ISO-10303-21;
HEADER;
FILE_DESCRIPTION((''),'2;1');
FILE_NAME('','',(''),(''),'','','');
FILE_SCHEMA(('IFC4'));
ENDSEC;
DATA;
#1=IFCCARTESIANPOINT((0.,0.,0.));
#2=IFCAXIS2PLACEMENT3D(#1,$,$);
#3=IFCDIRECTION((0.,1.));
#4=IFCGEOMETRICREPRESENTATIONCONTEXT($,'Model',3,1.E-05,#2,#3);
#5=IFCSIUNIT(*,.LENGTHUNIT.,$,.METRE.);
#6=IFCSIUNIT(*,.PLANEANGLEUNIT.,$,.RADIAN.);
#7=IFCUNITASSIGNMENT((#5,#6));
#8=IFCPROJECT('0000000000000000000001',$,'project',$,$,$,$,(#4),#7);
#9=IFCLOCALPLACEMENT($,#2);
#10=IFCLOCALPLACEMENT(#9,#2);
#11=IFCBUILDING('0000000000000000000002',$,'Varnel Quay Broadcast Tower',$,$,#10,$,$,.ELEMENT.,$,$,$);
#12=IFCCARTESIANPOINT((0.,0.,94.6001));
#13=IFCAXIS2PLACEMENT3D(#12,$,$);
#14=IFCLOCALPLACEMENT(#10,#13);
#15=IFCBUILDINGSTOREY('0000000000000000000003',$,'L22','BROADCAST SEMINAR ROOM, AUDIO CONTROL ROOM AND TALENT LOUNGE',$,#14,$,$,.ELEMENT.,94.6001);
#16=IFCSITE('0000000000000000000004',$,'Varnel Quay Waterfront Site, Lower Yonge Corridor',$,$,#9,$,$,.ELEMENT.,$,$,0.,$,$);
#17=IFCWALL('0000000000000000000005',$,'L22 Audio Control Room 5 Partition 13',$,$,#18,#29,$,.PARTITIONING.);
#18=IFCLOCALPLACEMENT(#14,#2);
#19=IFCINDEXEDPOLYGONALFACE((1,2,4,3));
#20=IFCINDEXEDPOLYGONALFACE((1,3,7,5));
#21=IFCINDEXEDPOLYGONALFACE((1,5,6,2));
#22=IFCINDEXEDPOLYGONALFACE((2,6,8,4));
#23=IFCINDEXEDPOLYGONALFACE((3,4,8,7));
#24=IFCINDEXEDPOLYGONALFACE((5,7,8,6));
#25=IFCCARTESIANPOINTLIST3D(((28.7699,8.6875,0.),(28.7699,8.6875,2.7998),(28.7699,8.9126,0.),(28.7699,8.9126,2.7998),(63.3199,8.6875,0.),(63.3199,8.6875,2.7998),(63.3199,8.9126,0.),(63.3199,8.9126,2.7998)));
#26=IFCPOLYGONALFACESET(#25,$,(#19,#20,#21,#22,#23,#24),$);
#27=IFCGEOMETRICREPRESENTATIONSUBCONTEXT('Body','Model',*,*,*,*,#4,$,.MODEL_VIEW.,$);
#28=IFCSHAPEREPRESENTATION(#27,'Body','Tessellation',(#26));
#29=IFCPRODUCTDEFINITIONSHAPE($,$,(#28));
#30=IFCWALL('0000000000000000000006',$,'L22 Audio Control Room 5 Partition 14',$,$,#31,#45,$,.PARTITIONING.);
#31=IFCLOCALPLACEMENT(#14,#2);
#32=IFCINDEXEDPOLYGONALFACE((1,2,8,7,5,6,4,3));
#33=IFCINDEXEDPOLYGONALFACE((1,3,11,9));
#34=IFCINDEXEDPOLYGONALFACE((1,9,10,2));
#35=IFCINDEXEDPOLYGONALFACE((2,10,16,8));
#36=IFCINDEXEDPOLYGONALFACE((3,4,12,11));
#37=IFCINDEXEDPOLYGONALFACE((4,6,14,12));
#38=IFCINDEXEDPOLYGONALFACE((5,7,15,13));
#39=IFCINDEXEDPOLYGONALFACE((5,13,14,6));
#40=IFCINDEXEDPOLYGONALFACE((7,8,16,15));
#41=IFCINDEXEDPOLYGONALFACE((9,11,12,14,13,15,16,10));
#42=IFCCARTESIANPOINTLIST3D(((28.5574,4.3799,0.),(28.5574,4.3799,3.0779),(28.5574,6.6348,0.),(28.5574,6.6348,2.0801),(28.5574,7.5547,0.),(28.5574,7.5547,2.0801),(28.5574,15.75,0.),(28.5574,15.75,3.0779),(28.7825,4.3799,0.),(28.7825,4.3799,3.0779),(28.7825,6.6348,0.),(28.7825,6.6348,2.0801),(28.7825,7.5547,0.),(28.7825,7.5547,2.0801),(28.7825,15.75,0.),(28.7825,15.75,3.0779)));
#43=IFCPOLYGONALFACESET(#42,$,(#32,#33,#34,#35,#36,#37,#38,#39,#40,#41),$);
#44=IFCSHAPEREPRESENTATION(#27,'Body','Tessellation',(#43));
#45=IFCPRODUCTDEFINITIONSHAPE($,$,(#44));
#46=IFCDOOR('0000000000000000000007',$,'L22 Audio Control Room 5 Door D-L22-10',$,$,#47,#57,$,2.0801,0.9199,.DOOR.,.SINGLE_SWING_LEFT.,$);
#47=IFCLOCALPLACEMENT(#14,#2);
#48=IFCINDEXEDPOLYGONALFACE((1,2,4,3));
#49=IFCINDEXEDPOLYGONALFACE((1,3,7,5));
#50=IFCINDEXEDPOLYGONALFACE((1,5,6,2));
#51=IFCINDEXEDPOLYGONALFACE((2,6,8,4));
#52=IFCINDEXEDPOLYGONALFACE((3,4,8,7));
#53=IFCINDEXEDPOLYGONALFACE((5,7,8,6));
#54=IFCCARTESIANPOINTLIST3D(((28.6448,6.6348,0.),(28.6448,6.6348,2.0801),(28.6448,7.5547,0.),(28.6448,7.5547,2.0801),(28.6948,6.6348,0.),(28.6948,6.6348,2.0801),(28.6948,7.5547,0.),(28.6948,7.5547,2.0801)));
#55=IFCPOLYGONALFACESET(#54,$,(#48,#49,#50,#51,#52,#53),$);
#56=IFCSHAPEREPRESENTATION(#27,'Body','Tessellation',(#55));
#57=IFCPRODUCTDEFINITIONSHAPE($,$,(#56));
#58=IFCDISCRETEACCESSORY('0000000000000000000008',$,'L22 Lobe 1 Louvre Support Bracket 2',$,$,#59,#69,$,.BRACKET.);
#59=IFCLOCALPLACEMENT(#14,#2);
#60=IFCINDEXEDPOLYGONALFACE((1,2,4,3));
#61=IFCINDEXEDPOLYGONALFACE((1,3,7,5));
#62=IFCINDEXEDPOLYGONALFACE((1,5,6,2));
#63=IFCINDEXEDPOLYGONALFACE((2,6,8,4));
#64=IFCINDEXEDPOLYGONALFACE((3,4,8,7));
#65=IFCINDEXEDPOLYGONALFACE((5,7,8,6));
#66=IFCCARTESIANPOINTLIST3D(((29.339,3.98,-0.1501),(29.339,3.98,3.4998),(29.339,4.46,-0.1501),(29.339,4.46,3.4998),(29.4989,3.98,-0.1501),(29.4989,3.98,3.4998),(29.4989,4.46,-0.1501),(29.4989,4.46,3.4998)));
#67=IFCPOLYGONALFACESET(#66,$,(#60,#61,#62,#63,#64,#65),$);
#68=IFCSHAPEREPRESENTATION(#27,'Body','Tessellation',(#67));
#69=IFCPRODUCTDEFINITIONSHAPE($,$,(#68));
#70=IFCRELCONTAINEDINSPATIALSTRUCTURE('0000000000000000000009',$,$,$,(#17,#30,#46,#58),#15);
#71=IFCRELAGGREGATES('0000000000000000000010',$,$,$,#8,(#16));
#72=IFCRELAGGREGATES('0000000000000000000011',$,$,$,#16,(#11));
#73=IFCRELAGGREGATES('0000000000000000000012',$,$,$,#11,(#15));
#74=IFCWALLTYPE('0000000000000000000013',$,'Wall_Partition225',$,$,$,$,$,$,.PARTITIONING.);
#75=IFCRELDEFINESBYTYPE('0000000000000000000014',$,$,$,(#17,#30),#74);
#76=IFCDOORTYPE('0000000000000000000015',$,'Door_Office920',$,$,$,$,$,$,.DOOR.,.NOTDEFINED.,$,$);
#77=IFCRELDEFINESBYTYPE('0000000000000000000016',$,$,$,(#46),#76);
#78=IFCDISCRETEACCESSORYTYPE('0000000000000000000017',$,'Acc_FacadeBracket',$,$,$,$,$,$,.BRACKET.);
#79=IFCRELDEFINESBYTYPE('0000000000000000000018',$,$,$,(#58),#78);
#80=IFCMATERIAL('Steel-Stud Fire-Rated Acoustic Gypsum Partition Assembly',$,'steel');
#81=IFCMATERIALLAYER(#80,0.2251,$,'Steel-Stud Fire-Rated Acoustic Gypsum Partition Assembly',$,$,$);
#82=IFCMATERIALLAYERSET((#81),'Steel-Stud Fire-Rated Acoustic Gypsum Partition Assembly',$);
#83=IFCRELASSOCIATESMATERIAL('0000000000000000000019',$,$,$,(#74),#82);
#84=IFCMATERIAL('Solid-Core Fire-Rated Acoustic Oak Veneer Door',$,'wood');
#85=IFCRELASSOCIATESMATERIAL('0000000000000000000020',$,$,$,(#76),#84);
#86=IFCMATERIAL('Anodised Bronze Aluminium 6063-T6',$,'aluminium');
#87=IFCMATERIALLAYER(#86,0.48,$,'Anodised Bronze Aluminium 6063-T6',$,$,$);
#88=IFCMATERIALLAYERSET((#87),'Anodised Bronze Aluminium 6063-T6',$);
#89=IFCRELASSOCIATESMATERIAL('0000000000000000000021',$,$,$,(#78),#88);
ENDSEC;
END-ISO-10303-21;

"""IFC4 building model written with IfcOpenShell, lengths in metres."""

from ifc_helpers import new_model, si_unit, direction, frame, frame_2d, origin, origin_2d, place, context, subcontext, project, spatial, rectangle, extrude, source, transform, mapped, material, layer, layer_set, type_object, type_shapes, element, fill, save


model = new_model("IFC4")

# Units and contexts
model_context = context("Model", 3, precision=1e-05, world=origin(), true_north=direction((0.0, 1.0)))
body_context = subcontext(model_context, "Body", "Model", "MODEL_VIEW")
ifc_project = project(units=[si_unit("LENGTHUNIT", "METRE"), si_unit("PLANEANGLEUNIT", "RADIAN")], contexts=[model_context])

# Site, building, storey
site_placement = place(None, origin())
site = spatial("IfcSite", under=ifc_project, at=site_placement, Name="Varnel Quay Waterfront Site, Lower Yonge Corridor", CompositionType="ELEMENT", RefElevation=0.0)
building_placement = place(site_placement, origin())
building = spatial("IfcBuilding", under=site, at=building_placement, Name="Varnel Quay Broadcast Tower", CompositionType="ELEMENT")
storey_placement = place(building_placement, frame((0.0, 0.0, 94.6001)))
storey = spatial("IfcBuildingStorey", under=building, at=storey_placement, Name="L22", Description="BROADCAST SEMINAR ROOM, AUDIO CONTROL ROOM AND TALENT LOUNGE", CompositionType="ELEMENT", Elevation=94.6001)

# Shared definitions
ifc_material_1 = material(Name="Anodised Bronze Aluminium 6063-T6", Category="aluminium")

# Shared definitions
ifc_material_2 = material(Name="Steel-Stud Fire-Rated Acoustic Gypsum Partition Assembly", Category="steel")
ifc_material_3 = material(Name="Solid-Core Fire-Rated Acoustic Oak Veneer Door", Category="wood")

# Shared definitions
ifc_layer_1 = layer(ifc_material_2, 0.2251, Name="Steel-Stud Fire-Rated Acoustic Gypsum Partition Assembly")
ifc_layer_set_1 = layer_set([ifc_layer_1], Name="Steel-Stud Fire-Rated Acoustic Gypsum Partition Assembly")
wall_type_1 = type_object("IfcWallType", Name="Wall_Partition225", PredefinedType="PARTITIONING", material=ifc_layer_set_1)

# Wall
wall_1_placement = place(storey_placement, frame((28.77, 8.8, 0.0), z_axis=(0.0, 0.0, 1.0), x_axis=(1.0, 0.0, 0.0)))
element("IfcWall", 1, at=wall_1_placement, inside=storey, type_object=wall_type_1, Name="L22 Audio Control Room 5 Partition 13", PredefinedType="PARTITIONING", context=body_context, shape_type="SweptSolid", body=[
    extrude(rectangle(XDim=34.55, YDim=0.2251, at=frame_2d((17.2749, 0.0))), origin(), (0.0, 0.0, 1.0), 2.7998),
])

# Wall, opening, door
wall_2_placement = place(storey_placement, frame((28.6699, 4.3799, 0.0), z_axis=(0.0, 0.0, 1.0), x_axis=(0.0, 1.0, 0.0)))
wall_2 = element("IfcWall", 2, at=wall_2_placement, inside=storey, type_object=wall_type_1, Name="L22 Audio Control Room 5 Partition 14", PredefinedType="PARTITIONING", context=body_context, shape_type="SweptSolid", body=[
    extrude(rectangle(XDim=11.3701, YDim=0.2251, at=frame_2d((5.6851, 0.0))), origin(), (0.0, 0.0, 1.0), 3.0779),
])
opening_1_placement = place(wall_2_placement, frame((2.2549, 0.0, 0.0)))
opening_1 = element("IfcOpeningElement", 3, at=opening_1_placement, cuts=wall_2, PredefinedType="OPENING", context=body_context, shape_type="SweptSolid", body=[
    extrude(rectangle(XDim=0.9199, YDim=2.0801, at=frame_2d((0.46, 1.04))), frame((0.0, 0.1226, 0.0), z_axis=(0.0, -1.0, 0.0), x_axis=(1.0, 0.0, 0.0)), (0.0, 0.0, 1.0), 0.2451),
])
door_type_1 = type_object("IfcDoorType", Name="Door_Office920", OperationType="NOTDEFINED", PredefinedType="DOOR", material=ifc_material_3)
shared_shape_1 = source(origin(), body_context, "Body", "SweptSolid", [
    extrude(rectangle(XDim=0.9199, YDim=2.0801, at=frame_2d((0.46, 1.04))), frame((0.0, 0.0249, 0.0), z_axis=(0.0, -1.0, 0.0), x_axis=(1.0, 0.0, 0.0)), (0.0, 0.0, 1.0), 0.05),
])
type_shapes(door_type_1, [shared_shape_1])
door_1_placement = place(opening_1_placement, frame((0.9199, 0.0, 0.0), z_axis=(0.0, 0.0, 1.0), x_axis=(-1.0, 0.0, 0.0)))
door_1 = element("IfcDoor", 4, at=door_1_placement, inside=storey, type_object=door_type_1, Name="L22 Audio Control Room 5 Door D-L22-10", OperationType="SINGLE_SWING_LEFT", OverallHeight=2.0801, OverallWidth=0.9199, PredefinedType="DOOR", context=body_context, shape_type="MappedRepresentation", body=[
    mapped(shared_shape_1, transform((0.0, 0.0, 0.0), x_axis=(1.0, 0.0, 0.0), y_axis=(0.0, 1.0, 0.0), z_axis=(0.0, 0.0, 1.0), scale=1.0)),
])
fill(opening_1, door_1)

# Discrete accessory
ifc_layer_2 = layer(ifc_material_1, 0.48, Name="Anodised Bronze Aluminium 6063-T6")
ifc_layer_set_2 = layer_set([ifc_layer_2], Name="Anodised Bronze Aluminium 6063-T6")
discrete_accessory_type = type_object("IfcDiscreteAccessoryType", Name="Acc_FacadeBracket", PredefinedType="BRACKET", material=ifc_layer_set_2)
shared_shape_2 = source(origin(), body_context, "Body", "SweptSolid", [
    extrude(rectangle(XDim=0.1599, YDim=0.48, at=origin_2d()), origin(), (0.0, 0.0, 1.0), 3.6499),
])
type_shapes(discrete_accessory_type, [shared_shape_2])
discrete_accessory_placement = place(storey_placement, frame((29.4189, 4.22, -0.1501), z_axis=(0.0, 0.0, 1.0), x_axis=(1.0, 0.0, 0.0)))
element("IfcDiscreteAccessory", 5, at=discrete_accessory_placement, inside=storey, type_object=discrete_accessory_type, Name="L22 Lobe 1 Louvre Support Bracket 2", PredefinedType="BRACKET", context=body_context, shape_type="MappedRepresentation", body=[
    mapped(shared_shape_2, transform((0.0, 0.0, 0.0), x_axis=(1.0, 0.0, 0.0), y_axis=(0.0, 1.0, 0.0), z_axis=(0.0, 0.0, 1.0), scale=1.0)),
])

save(model, "model.ifc")
